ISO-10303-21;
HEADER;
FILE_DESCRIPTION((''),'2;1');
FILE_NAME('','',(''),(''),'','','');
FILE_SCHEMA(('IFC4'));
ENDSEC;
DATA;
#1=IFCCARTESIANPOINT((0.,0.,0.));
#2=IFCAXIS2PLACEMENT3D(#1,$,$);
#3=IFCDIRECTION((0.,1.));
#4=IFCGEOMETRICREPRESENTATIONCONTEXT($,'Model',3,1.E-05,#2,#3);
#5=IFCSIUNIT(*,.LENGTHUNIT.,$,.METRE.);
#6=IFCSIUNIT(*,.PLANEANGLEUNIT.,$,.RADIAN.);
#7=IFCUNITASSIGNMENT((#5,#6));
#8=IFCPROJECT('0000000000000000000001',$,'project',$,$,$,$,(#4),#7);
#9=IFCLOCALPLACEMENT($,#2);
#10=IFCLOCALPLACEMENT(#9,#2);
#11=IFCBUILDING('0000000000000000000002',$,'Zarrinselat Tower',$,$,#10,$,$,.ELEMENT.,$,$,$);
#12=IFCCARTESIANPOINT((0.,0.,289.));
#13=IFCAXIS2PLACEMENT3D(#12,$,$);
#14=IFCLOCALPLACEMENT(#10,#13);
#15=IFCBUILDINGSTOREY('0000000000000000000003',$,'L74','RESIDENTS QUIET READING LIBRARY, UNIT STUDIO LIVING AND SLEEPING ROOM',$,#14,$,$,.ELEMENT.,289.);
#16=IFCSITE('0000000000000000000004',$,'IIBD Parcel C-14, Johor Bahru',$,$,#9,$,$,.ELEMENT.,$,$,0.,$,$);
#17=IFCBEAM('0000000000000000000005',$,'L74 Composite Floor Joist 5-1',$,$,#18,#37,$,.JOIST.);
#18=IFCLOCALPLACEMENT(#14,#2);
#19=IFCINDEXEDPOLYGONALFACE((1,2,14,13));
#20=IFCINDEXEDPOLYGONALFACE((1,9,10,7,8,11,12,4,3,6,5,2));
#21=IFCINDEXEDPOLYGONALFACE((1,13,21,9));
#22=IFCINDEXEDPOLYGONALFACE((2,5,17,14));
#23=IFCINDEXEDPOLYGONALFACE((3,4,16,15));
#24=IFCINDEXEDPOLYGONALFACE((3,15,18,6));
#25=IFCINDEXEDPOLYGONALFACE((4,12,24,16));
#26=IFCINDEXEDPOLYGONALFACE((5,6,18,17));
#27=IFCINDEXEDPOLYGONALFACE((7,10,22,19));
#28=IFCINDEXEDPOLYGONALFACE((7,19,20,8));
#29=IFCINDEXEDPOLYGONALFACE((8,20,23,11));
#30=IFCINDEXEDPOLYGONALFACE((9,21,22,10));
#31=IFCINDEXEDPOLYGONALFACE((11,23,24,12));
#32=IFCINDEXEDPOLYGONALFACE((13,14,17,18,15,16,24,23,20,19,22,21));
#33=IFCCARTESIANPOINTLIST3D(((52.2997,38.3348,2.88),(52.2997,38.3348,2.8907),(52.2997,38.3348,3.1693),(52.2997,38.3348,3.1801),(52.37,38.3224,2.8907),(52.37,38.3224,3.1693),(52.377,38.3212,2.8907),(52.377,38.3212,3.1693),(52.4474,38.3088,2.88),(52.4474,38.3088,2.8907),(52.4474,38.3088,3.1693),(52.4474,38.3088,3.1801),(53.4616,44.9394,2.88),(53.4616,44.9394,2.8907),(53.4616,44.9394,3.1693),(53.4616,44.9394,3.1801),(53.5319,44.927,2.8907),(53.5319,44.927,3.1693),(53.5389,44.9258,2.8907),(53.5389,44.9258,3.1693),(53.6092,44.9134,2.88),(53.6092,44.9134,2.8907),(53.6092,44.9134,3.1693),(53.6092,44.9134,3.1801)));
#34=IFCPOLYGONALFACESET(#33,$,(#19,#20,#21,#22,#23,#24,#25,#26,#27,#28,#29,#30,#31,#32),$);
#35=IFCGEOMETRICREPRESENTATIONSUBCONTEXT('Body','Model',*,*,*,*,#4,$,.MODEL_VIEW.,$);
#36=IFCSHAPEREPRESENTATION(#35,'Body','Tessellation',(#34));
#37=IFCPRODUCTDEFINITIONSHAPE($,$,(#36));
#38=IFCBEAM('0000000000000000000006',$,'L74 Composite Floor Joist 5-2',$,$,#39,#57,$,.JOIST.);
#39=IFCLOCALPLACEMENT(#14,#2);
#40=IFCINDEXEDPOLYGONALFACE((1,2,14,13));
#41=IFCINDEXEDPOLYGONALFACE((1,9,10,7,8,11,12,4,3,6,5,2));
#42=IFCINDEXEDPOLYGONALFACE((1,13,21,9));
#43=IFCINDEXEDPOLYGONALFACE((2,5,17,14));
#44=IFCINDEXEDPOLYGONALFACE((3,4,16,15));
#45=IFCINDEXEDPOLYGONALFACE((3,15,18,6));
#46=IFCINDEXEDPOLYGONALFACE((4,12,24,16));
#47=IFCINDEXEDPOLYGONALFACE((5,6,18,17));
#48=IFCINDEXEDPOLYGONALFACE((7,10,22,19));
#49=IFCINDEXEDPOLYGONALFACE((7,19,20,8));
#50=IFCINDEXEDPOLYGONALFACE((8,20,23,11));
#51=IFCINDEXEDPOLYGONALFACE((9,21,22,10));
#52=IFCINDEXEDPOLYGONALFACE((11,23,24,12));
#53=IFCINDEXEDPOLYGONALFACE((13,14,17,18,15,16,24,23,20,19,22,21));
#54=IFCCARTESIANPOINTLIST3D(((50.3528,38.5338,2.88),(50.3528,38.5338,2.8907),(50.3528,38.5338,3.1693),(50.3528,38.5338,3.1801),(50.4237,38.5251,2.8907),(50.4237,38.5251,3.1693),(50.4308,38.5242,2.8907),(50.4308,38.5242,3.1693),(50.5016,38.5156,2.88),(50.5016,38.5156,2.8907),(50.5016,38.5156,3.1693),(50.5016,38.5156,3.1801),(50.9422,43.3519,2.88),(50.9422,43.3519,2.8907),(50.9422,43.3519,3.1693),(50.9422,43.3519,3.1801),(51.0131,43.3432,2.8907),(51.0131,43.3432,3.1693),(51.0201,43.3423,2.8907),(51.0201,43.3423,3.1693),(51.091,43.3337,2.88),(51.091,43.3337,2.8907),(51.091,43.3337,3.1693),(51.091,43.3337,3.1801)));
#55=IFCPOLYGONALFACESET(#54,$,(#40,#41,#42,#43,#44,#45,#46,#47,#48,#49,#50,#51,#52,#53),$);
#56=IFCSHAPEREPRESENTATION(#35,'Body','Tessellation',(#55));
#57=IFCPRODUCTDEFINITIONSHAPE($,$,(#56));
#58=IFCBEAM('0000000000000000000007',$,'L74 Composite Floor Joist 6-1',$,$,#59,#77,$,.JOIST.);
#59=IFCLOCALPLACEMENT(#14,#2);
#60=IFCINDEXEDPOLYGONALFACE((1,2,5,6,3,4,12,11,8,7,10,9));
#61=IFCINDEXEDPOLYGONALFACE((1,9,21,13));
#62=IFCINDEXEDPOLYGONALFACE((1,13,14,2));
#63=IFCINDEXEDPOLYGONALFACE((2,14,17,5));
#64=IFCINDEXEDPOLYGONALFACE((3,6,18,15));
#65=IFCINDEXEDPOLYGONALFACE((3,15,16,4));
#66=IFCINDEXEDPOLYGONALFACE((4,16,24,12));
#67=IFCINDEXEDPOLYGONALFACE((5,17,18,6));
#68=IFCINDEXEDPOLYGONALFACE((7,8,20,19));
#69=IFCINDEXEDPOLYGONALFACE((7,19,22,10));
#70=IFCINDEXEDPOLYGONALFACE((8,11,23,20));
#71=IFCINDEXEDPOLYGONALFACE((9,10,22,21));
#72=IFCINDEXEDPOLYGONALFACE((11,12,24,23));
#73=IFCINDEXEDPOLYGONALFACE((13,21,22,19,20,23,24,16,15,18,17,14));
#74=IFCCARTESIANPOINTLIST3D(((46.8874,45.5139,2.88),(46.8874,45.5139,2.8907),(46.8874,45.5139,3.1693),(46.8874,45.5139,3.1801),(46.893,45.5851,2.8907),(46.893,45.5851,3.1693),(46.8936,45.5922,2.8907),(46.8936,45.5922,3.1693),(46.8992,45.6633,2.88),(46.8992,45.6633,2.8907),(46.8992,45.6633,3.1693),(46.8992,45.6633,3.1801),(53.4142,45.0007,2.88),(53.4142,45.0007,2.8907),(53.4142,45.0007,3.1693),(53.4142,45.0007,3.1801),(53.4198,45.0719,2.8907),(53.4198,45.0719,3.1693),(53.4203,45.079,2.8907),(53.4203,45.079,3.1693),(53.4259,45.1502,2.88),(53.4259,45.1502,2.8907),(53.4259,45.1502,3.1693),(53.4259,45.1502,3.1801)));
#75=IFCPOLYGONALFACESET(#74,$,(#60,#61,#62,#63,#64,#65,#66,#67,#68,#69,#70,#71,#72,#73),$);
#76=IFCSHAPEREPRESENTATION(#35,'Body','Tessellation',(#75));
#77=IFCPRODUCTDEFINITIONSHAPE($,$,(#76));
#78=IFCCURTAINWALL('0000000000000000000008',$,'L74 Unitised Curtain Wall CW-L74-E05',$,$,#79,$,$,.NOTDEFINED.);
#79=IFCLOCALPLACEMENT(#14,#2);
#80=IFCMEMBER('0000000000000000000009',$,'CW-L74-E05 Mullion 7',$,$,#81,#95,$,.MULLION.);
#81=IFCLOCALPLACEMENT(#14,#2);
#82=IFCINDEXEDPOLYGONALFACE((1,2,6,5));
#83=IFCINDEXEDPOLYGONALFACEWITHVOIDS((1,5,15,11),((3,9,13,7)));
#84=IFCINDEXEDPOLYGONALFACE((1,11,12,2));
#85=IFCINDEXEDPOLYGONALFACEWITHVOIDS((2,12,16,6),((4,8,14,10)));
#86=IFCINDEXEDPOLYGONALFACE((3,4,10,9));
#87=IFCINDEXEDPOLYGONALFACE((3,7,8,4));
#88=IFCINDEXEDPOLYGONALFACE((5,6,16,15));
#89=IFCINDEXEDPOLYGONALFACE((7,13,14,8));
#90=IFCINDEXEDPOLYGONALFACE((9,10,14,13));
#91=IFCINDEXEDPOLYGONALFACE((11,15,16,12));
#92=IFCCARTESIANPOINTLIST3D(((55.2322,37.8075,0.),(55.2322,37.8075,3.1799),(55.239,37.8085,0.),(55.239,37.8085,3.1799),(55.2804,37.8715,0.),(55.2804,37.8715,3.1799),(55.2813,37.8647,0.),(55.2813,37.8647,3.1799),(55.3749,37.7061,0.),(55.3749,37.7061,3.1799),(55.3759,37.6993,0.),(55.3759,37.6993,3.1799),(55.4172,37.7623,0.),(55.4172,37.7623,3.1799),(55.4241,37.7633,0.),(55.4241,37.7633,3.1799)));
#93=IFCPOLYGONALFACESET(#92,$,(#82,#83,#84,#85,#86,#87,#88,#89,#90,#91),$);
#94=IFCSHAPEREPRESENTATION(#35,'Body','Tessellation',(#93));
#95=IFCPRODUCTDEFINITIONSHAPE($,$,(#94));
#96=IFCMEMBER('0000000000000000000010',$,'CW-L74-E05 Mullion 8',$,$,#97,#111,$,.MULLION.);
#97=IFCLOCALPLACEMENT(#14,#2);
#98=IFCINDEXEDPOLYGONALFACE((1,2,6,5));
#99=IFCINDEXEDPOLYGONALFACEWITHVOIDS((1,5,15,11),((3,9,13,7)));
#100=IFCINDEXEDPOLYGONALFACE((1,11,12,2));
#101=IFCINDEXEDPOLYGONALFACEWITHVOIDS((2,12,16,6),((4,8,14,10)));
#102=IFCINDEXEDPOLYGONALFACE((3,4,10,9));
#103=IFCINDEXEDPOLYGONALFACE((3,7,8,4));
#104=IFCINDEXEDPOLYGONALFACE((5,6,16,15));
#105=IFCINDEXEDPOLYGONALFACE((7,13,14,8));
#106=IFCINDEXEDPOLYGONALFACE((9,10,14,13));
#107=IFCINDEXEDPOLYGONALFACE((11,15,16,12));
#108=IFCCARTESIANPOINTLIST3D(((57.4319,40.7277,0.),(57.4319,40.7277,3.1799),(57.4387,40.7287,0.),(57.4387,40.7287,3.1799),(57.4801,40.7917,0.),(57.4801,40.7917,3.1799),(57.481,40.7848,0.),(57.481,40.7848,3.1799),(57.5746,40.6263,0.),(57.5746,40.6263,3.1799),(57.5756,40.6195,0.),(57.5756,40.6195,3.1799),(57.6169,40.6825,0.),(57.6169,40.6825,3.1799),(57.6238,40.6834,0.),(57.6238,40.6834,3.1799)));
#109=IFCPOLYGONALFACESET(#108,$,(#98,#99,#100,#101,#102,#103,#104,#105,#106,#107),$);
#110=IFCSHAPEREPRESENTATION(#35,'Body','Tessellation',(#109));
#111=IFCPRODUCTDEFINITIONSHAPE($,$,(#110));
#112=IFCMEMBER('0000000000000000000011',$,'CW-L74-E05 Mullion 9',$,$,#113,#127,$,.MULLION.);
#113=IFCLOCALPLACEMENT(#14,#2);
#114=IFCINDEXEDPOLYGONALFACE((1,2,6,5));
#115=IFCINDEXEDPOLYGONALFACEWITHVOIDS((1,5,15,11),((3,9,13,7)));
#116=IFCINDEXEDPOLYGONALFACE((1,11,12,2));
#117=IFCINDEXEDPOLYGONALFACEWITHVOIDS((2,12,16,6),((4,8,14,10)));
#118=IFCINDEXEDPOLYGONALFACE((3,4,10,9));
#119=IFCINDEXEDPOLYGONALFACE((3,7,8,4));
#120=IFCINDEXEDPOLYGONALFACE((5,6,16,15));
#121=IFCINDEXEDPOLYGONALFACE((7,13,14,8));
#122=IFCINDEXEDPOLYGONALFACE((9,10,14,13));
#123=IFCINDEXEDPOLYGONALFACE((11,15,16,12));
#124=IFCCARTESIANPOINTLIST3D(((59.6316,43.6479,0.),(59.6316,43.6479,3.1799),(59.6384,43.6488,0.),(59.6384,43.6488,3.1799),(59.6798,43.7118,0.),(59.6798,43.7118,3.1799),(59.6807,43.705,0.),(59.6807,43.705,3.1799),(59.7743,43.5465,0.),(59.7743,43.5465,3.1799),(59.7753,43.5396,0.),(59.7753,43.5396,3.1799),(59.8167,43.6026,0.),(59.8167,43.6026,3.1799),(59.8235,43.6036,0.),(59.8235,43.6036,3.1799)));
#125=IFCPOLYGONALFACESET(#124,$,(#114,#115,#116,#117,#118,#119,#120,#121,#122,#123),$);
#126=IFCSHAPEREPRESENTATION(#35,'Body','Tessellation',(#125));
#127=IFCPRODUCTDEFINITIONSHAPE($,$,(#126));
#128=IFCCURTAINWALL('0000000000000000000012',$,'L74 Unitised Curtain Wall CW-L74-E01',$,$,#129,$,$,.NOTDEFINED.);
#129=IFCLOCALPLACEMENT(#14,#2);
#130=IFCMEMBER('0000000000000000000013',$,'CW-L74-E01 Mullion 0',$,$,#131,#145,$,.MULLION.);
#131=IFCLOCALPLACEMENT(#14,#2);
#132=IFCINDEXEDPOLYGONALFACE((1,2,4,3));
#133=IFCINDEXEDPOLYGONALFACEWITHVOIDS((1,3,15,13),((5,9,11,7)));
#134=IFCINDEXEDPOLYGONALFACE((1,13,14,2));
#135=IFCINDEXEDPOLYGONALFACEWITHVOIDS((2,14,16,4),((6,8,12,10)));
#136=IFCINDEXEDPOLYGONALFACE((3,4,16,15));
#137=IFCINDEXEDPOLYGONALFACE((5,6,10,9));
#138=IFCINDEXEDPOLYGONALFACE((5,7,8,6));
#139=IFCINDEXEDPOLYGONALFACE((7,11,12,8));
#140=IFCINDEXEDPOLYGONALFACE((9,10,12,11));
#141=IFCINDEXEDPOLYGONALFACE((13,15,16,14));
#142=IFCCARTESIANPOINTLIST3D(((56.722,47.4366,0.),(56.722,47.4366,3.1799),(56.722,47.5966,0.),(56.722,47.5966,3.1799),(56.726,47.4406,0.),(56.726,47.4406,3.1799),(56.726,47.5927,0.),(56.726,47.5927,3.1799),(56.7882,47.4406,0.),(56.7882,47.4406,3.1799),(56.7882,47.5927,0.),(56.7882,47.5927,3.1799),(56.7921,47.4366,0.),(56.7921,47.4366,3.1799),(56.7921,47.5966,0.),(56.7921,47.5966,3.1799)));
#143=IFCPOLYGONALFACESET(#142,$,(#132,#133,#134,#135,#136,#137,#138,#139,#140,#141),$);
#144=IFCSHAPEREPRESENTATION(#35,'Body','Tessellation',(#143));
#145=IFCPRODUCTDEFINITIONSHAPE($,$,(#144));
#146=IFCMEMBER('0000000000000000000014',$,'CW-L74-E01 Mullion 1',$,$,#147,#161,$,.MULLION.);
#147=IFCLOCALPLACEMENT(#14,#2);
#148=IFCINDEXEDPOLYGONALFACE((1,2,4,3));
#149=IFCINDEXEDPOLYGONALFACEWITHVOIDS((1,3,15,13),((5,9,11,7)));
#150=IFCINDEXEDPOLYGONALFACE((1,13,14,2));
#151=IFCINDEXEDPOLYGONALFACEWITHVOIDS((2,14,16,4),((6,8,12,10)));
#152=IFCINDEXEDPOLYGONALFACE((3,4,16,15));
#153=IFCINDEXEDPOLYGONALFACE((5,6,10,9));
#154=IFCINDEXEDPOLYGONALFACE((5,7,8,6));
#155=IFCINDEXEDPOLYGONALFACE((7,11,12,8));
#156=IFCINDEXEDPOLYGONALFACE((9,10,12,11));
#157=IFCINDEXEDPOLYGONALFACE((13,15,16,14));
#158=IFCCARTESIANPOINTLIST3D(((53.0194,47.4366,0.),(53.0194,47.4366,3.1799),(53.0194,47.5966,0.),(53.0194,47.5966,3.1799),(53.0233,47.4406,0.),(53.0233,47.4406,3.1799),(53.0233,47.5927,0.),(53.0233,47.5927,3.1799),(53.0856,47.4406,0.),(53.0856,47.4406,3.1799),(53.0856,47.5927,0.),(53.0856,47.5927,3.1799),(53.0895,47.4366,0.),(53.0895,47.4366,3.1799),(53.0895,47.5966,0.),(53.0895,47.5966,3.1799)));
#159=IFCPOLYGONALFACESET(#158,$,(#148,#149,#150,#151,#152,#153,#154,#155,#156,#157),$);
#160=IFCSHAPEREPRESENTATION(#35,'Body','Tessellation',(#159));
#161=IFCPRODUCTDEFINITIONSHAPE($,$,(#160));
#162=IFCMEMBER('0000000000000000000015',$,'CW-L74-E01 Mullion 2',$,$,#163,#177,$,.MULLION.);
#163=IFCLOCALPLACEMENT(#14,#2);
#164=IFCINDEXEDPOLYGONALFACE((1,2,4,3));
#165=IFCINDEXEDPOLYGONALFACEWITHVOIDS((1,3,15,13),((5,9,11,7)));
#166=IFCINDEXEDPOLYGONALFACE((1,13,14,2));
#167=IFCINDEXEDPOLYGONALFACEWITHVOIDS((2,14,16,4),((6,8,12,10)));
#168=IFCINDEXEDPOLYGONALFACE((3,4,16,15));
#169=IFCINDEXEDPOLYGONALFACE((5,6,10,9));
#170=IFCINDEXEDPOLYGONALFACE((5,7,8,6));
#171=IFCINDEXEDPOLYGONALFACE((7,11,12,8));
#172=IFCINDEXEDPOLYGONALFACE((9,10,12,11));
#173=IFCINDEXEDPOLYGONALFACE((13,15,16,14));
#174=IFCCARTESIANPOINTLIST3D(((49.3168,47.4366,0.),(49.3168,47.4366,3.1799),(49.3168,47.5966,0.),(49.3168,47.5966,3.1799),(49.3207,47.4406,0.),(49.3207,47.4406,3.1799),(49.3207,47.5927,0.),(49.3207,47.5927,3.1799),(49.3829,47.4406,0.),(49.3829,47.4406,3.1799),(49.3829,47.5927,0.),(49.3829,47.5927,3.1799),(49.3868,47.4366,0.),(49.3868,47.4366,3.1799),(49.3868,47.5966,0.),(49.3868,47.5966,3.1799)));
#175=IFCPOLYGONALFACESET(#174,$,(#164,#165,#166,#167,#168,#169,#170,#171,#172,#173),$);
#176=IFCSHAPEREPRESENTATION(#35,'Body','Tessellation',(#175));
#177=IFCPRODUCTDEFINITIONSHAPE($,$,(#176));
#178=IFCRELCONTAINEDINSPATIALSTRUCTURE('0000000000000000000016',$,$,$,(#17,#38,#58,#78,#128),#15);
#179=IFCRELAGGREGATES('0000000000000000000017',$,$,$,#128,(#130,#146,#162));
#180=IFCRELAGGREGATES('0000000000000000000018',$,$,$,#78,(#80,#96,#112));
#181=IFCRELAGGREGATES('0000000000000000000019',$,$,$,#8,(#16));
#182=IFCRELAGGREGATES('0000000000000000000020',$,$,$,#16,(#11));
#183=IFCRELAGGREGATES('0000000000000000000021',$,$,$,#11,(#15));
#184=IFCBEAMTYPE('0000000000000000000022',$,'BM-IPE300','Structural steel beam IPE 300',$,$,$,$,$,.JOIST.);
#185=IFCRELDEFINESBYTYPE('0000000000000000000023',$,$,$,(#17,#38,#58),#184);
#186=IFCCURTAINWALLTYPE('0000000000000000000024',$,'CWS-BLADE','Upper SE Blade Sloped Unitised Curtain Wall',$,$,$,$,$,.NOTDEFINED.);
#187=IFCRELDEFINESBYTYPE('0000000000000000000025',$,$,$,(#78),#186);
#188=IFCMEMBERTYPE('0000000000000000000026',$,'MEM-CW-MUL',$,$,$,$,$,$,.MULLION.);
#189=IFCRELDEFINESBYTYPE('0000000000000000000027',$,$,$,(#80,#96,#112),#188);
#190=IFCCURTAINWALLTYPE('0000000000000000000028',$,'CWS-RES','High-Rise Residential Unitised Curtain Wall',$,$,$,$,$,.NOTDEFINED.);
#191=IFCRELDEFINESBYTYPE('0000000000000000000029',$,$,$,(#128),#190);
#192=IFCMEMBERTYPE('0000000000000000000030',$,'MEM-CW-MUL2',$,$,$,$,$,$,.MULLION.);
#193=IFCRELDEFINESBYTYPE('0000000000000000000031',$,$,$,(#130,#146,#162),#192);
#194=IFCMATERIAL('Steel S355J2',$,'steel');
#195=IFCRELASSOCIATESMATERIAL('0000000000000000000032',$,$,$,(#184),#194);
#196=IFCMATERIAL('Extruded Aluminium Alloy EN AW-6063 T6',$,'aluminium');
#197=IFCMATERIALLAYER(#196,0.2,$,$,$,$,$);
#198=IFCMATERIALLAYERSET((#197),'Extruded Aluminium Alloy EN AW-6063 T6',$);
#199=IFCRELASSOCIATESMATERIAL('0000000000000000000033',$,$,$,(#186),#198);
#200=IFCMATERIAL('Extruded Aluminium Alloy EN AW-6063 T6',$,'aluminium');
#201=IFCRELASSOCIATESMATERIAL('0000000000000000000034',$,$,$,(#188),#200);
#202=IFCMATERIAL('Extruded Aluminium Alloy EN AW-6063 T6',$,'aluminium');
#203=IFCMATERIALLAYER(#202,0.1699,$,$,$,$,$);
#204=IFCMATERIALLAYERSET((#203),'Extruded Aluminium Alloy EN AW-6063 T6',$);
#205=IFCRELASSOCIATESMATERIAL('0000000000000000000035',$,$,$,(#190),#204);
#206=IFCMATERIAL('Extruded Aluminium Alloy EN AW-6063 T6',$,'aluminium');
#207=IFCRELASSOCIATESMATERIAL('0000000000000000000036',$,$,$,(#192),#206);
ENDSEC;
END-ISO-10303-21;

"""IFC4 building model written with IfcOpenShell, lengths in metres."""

from ifc_helpers import new_model, si_unit, direction, frame, origin, origin_2d, place, context, subcontext, project, spatial, hollow_rectangle, i_section, extrude, material, layer, layer_set, material_profile, profile_set, type_object, element, aggregate, save


model = new_model("IFC4")

# Units and contexts
model_context = context("Model", 3, precision=1e-05, world=origin(), true_north=direction((0.0, 1.0)))
body_context = subcontext(model_context, "Body", "Model", "MODEL_VIEW")
ifc_project = project(units=[si_unit("LENGTHUNIT", "METRE"), si_unit("PLANEANGLEUNIT", "RADIAN")], contexts=[model_context])

# Site, building, storey
site_placement = place(None, origin())
site = spatial("IfcSite", under=ifc_project, at=site_placement, Name="IIBD Parcel C-14, Johor Bahru", CompositionType="ELEMENT", RefElevation=0.0)
building_placement = place(site_placement, origin())
building = spatial("IfcBuilding", under=site, at=building_placement, Name="Zarrinselat Tower", CompositionType="ELEMENT")
storey_placement = place(building_placement, frame((0.0, 0.0, 289.0)))
storey = spatial("IfcBuildingStorey", under=building, at=storey_placement, Name="L74", Description="RESIDENTS QUIET READING LIBRARY, UNIT STUDIO LIVING AND SLEEPING ROOM", CompositionType="ELEMENT", Elevation=289.0)

# Beams
ifc_material_1 = material(Name="Steel S355J2", Category="steel")
ifc_material_profile_1 = material_profile(ifc_material_1, i_section(OverallWidth=0.1499, OverallDepth=0.3, WebThickness=0.0071, FlangeThickness=0.0107, at=origin_2d()), Name="IPE 300")
ifc_profile_set_1 = profile_set([ifc_material_profile_1], Name="Steel S355J2")
beam_type_1 = type_object("IfcBeamType", Name="BM-IPE300", Description="Structural steel beam IPE 300", PredefinedType="JOIST", material=ifc_profile_set_1)
beam_1_placement = place(storey_placement, frame((52.3735, 38.3218, 3.03), z_axis=(0.173254, 0.984877, 0.0), x_axis=(-0.984877, 0.173254, 0.0)))
element("IfcBeam", 1, at=beam_1_placement, inside=storey, type_object=beam_type_1, Name="L74 Composite Floor Joist 5-1", PredefinedType="JOIST", context=body_context, shape_type="SweptSolid", body=[
    extrude(i_section(OverallWidth=0.1499, OverallDepth=0.3, WebThickness=0.0071, FlangeThickness=0.0107, at=origin_2d()), origin(), (0.0, 0.0, 1.0), 6.7061),
])
beam_2_placement = place(storey_placement, frame((50.4272, 38.5247, 3.03), z_axis=(0.121416, 0.992602, 0.0), x_axis=(-0.992602, 0.121416, 0.0)))
element("IfcBeam", 2, at=beam_2_placement, inside=storey, type_object=beam_type_1, Name="L74 Composite Floor Joist 5-2", PredefinedType="JOIST", context=body_context, shape_type="SweptSolid", body=[
    extrude(i_section(OverallWidth=0.1499, OverallDepth=0.3, WebThickness=0.0071, FlangeThickness=0.0107, at=origin_2d()), origin(), (0.0, 0.0, 1.0), 4.854),
])
beam_3_placement = place(storey_placement, frame((46.8933, 45.5886, 3.03), z_axis=(0.996923, -0.078387, 0.0), x_axis=(0.078387, 0.996923, 0.0)))
element("IfcBeam", 3, at=beam_3_placement, inside=storey, type_object=beam_type_1, Name="L74 Composite Floor Joist 6-1", PredefinedType="JOIST", context=body_context, shape_type="SweptSolid", body=[
    extrude(i_section(OverallWidth=0.1499, OverallDepth=0.3, WebThickness=0.0071, FlangeThickness=0.0107, at=origin_2d()), origin(), (0.0, 0.0, 1.0), 6.5469),
])

# Curtain walls, members
ifc_material_2 = material(Name="Extruded Aluminium Alloy EN AW-6063 T6", Category="aluminium")
ifc_layer_1 = layer(ifc_material_2, 0.2)
ifc_layer_set_1 = layer_set([ifc_layer_1], Name="Extruded Aluminium Alloy EN AW-6063 T6")
curtain_wall_type_1 = type_object("IfcCurtainWallType", Name="CWS-BLADE", Description="Upper SE Blade Sloped Unitised Curtain Wall", PredefinedType="NOTDEFINED", material=ifc_layer_set_1)
curtain_wall_1_placement = place(storey_placement, origin())
curtain_wall_1 = element("IfcCurtainWall", 4, at=curtain_wall_1_placement, inside=storey, type_object=curtain_wall_type_1, Name="L74 Unitised Curtain Wall CW-L74-E05", PredefinedType="NOTDEFINED")
ifc_material_3 = material(Name="Extruded Aluminium Alloy EN AW-6063 T6", Category="aluminium")
ifc_material_profile_2 = material_profile(ifc_material_3, hollow_rectangle(XDim=0.0801, YDim=0.1799, WallThickness=0.0049, at=origin_2d()), Name="RHS 180x80x5")
ifc_profile_set_2 = profile_set([ifc_material_profile_2], Name="Extruded Aluminium Alloy EN AW-6063 T6")
member_type_1 = type_object("IfcMemberType", Name="MEM-CW-MUL", PredefinedType="MULLION", material=ifc_profile_set_2)
member_1_placement = place(storey_placement, frame((55.3281, 37.7854, 0.0), z_axis=(0.0, 0.0, 1.0), x_axis=(0.601673, 0.798743, 0.0)))
member_1 = element("IfcMember", 5, at=member_1_placement, type_object=member_type_1, Name="CW-L74-E05 Mullion 7", PredefinedType="MULLION", context=body_context, shape_type="SweptSolid", body=[
    extrude(hollow_rectangle(XDim=0.0801, YDim=0.1799, WallThickness=0.0049, at=origin_2d()), origin(), (0.0, 0.0, 1.0), 3.1799),
])
member_2_placement = place(storey_placement, frame((57.5278, 40.7056, 0.0), z_axis=(0.0, 0.0, 1.0), x_axis=(0.601673, 0.798743, 0.0)))
member_2 = element("IfcMember", 6, at=member_2_placement, type_object=member_type_1, Name="CW-L74-E05 Mullion 8", PredefinedType="MULLION", context=body_context, shape_type="SweptSolid", body=[
    extrude(hollow_rectangle(XDim=0.0801, YDim=0.1799, WallThickness=0.0049, at=origin_2d()), origin(), (0.0, 0.0, 1.0), 3.1799),
])
member_3_placement = place(storey_placement, frame((59.7275, 43.6257, 0.0), z_axis=(0.0, 0.0, 1.0), x_axis=(0.601673, 0.798743, 0.0)))
member_3 = element("IfcMember", 7, at=member_3_placement, type_object=member_type_1, Name="CW-L74-E05 Mullion 9", PredefinedType="MULLION", context=body_context, shape_type="SweptSolid", body=[
    extrude(hollow_rectangle(XDim=0.0801, YDim=0.1799, WallThickness=0.0049, at=origin_2d()), origin(), (0.0, 0.0, 1.0), 3.1799),
])
ifc_material_4 = material(Name="Extruded Aluminium Alloy EN AW-6063 T6", Category="aluminium")
ifc_layer_2 = layer(ifc_material_4, 0.1699)
ifc_layer_set_2 = layer_set([ifc_layer_2], Name="Extruded Aluminium Alloy EN AW-6063 T6")
curtain_wall_type_2 = type_object("IfcCurtainWallType", Name="CWS-RES", Description="High-Rise Residential Unitised Curtain Wall", PredefinedType="NOTDEFINED", material=ifc_layer_set_2)
curtain_wall_2_placement = place(storey_placement, origin())
curtain_wall_2 = element("IfcCurtainWall", 8, at=curtain_wall_2_placement, inside=storey, type_object=curtain_wall_type_2, Name="L74 Unitised Curtain Wall CW-L74-E01", PredefinedType="NOTDEFINED")
ifc_material_5 = material(Name="Extruded Aluminium Alloy EN AW-6063 T6", Category="aluminium")
ifc_material_profile_3 = material_profile(ifc_material_5, hollow_rectangle(XDim=0.0701, YDim=0.1599, WallThickness=0.0039, at=origin_2d()), Name="RHS 160x70x4")
ifc_profile_set_3 = profile_set([ifc_material_profile_3], Name="Extruded Aluminium Alloy EN AW-6063 T6")
member_type_2 = type_object("IfcMemberType", Name="MEM-CW-MUL2", PredefinedType="MULLION", material=ifc_profile_set_3)
member_4_placement = place(storey_placement, frame((56.7571, 47.5166, 0.0), z_axis=(0.0, 0.0, 1.0), x_axis=(-1.0, 0.0, 0.0)))
member_4 = element("IfcMember", 9, at=member_4_placement, type_object=member_type_2, Name="CW-L74-E01 Mullion 0", PredefinedType="MULLION", context=body_context, shape_type="SweptSolid", body=[
    extrude(hollow_rectangle(XDim=0.0701, YDim=0.1599, WallThickness=0.0039, at=origin_2d()), origin(), (0.0, 0.0, 1.0), 3.1799),
])
member_5_placement = place(storey_placement, frame((53.0544, 47.5166, 0.0), z_axis=(0.0, 0.0, 1.0), x_axis=(-1.0, 0.0, 0.0)))
member_5 = element("IfcMember", 10, at=member_5_placement, type_object=member_type_2, Name="CW-L74-E01 Mullion 1", PredefinedType="MULLION", context=body_context, shape_type="SweptSolid", body=[
    extrude(hollow_rectangle(XDim=0.0701, YDim=0.1599, WallThickness=0.0039, at=origin_2d()), origin(), (0.0, 0.0, 1.0), 3.1799),
])
member_6_placement = place(storey_placement, frame((49.3518, 47.5166, 0.0), z_axis=(0.0, 0.0, 1.0), x_axis=(-1.0, 0.0, 0.0)))
member_6 = element("IfcMember", 11, at=member_6_placement, type_object=member_type_2, Name="CW-L74-E01 Mullion 2", PredefinedType="MULLION", context=body_context, shape_type="SweptSolid", body=[
    extrude(hollow_rectangle(XDim=0.0701, YDim=0.1599, WallThickness=0.0039, at=origin_2d()), origin(), (0.0, 0.0, 1.0), 3.1799),
])

aggregate(curtain_wall_2, [member_4, member_5, member_6])
aggregate(curtain_wall_1, [member_1, member_2, member_3])

save(model, "model.ifc")
